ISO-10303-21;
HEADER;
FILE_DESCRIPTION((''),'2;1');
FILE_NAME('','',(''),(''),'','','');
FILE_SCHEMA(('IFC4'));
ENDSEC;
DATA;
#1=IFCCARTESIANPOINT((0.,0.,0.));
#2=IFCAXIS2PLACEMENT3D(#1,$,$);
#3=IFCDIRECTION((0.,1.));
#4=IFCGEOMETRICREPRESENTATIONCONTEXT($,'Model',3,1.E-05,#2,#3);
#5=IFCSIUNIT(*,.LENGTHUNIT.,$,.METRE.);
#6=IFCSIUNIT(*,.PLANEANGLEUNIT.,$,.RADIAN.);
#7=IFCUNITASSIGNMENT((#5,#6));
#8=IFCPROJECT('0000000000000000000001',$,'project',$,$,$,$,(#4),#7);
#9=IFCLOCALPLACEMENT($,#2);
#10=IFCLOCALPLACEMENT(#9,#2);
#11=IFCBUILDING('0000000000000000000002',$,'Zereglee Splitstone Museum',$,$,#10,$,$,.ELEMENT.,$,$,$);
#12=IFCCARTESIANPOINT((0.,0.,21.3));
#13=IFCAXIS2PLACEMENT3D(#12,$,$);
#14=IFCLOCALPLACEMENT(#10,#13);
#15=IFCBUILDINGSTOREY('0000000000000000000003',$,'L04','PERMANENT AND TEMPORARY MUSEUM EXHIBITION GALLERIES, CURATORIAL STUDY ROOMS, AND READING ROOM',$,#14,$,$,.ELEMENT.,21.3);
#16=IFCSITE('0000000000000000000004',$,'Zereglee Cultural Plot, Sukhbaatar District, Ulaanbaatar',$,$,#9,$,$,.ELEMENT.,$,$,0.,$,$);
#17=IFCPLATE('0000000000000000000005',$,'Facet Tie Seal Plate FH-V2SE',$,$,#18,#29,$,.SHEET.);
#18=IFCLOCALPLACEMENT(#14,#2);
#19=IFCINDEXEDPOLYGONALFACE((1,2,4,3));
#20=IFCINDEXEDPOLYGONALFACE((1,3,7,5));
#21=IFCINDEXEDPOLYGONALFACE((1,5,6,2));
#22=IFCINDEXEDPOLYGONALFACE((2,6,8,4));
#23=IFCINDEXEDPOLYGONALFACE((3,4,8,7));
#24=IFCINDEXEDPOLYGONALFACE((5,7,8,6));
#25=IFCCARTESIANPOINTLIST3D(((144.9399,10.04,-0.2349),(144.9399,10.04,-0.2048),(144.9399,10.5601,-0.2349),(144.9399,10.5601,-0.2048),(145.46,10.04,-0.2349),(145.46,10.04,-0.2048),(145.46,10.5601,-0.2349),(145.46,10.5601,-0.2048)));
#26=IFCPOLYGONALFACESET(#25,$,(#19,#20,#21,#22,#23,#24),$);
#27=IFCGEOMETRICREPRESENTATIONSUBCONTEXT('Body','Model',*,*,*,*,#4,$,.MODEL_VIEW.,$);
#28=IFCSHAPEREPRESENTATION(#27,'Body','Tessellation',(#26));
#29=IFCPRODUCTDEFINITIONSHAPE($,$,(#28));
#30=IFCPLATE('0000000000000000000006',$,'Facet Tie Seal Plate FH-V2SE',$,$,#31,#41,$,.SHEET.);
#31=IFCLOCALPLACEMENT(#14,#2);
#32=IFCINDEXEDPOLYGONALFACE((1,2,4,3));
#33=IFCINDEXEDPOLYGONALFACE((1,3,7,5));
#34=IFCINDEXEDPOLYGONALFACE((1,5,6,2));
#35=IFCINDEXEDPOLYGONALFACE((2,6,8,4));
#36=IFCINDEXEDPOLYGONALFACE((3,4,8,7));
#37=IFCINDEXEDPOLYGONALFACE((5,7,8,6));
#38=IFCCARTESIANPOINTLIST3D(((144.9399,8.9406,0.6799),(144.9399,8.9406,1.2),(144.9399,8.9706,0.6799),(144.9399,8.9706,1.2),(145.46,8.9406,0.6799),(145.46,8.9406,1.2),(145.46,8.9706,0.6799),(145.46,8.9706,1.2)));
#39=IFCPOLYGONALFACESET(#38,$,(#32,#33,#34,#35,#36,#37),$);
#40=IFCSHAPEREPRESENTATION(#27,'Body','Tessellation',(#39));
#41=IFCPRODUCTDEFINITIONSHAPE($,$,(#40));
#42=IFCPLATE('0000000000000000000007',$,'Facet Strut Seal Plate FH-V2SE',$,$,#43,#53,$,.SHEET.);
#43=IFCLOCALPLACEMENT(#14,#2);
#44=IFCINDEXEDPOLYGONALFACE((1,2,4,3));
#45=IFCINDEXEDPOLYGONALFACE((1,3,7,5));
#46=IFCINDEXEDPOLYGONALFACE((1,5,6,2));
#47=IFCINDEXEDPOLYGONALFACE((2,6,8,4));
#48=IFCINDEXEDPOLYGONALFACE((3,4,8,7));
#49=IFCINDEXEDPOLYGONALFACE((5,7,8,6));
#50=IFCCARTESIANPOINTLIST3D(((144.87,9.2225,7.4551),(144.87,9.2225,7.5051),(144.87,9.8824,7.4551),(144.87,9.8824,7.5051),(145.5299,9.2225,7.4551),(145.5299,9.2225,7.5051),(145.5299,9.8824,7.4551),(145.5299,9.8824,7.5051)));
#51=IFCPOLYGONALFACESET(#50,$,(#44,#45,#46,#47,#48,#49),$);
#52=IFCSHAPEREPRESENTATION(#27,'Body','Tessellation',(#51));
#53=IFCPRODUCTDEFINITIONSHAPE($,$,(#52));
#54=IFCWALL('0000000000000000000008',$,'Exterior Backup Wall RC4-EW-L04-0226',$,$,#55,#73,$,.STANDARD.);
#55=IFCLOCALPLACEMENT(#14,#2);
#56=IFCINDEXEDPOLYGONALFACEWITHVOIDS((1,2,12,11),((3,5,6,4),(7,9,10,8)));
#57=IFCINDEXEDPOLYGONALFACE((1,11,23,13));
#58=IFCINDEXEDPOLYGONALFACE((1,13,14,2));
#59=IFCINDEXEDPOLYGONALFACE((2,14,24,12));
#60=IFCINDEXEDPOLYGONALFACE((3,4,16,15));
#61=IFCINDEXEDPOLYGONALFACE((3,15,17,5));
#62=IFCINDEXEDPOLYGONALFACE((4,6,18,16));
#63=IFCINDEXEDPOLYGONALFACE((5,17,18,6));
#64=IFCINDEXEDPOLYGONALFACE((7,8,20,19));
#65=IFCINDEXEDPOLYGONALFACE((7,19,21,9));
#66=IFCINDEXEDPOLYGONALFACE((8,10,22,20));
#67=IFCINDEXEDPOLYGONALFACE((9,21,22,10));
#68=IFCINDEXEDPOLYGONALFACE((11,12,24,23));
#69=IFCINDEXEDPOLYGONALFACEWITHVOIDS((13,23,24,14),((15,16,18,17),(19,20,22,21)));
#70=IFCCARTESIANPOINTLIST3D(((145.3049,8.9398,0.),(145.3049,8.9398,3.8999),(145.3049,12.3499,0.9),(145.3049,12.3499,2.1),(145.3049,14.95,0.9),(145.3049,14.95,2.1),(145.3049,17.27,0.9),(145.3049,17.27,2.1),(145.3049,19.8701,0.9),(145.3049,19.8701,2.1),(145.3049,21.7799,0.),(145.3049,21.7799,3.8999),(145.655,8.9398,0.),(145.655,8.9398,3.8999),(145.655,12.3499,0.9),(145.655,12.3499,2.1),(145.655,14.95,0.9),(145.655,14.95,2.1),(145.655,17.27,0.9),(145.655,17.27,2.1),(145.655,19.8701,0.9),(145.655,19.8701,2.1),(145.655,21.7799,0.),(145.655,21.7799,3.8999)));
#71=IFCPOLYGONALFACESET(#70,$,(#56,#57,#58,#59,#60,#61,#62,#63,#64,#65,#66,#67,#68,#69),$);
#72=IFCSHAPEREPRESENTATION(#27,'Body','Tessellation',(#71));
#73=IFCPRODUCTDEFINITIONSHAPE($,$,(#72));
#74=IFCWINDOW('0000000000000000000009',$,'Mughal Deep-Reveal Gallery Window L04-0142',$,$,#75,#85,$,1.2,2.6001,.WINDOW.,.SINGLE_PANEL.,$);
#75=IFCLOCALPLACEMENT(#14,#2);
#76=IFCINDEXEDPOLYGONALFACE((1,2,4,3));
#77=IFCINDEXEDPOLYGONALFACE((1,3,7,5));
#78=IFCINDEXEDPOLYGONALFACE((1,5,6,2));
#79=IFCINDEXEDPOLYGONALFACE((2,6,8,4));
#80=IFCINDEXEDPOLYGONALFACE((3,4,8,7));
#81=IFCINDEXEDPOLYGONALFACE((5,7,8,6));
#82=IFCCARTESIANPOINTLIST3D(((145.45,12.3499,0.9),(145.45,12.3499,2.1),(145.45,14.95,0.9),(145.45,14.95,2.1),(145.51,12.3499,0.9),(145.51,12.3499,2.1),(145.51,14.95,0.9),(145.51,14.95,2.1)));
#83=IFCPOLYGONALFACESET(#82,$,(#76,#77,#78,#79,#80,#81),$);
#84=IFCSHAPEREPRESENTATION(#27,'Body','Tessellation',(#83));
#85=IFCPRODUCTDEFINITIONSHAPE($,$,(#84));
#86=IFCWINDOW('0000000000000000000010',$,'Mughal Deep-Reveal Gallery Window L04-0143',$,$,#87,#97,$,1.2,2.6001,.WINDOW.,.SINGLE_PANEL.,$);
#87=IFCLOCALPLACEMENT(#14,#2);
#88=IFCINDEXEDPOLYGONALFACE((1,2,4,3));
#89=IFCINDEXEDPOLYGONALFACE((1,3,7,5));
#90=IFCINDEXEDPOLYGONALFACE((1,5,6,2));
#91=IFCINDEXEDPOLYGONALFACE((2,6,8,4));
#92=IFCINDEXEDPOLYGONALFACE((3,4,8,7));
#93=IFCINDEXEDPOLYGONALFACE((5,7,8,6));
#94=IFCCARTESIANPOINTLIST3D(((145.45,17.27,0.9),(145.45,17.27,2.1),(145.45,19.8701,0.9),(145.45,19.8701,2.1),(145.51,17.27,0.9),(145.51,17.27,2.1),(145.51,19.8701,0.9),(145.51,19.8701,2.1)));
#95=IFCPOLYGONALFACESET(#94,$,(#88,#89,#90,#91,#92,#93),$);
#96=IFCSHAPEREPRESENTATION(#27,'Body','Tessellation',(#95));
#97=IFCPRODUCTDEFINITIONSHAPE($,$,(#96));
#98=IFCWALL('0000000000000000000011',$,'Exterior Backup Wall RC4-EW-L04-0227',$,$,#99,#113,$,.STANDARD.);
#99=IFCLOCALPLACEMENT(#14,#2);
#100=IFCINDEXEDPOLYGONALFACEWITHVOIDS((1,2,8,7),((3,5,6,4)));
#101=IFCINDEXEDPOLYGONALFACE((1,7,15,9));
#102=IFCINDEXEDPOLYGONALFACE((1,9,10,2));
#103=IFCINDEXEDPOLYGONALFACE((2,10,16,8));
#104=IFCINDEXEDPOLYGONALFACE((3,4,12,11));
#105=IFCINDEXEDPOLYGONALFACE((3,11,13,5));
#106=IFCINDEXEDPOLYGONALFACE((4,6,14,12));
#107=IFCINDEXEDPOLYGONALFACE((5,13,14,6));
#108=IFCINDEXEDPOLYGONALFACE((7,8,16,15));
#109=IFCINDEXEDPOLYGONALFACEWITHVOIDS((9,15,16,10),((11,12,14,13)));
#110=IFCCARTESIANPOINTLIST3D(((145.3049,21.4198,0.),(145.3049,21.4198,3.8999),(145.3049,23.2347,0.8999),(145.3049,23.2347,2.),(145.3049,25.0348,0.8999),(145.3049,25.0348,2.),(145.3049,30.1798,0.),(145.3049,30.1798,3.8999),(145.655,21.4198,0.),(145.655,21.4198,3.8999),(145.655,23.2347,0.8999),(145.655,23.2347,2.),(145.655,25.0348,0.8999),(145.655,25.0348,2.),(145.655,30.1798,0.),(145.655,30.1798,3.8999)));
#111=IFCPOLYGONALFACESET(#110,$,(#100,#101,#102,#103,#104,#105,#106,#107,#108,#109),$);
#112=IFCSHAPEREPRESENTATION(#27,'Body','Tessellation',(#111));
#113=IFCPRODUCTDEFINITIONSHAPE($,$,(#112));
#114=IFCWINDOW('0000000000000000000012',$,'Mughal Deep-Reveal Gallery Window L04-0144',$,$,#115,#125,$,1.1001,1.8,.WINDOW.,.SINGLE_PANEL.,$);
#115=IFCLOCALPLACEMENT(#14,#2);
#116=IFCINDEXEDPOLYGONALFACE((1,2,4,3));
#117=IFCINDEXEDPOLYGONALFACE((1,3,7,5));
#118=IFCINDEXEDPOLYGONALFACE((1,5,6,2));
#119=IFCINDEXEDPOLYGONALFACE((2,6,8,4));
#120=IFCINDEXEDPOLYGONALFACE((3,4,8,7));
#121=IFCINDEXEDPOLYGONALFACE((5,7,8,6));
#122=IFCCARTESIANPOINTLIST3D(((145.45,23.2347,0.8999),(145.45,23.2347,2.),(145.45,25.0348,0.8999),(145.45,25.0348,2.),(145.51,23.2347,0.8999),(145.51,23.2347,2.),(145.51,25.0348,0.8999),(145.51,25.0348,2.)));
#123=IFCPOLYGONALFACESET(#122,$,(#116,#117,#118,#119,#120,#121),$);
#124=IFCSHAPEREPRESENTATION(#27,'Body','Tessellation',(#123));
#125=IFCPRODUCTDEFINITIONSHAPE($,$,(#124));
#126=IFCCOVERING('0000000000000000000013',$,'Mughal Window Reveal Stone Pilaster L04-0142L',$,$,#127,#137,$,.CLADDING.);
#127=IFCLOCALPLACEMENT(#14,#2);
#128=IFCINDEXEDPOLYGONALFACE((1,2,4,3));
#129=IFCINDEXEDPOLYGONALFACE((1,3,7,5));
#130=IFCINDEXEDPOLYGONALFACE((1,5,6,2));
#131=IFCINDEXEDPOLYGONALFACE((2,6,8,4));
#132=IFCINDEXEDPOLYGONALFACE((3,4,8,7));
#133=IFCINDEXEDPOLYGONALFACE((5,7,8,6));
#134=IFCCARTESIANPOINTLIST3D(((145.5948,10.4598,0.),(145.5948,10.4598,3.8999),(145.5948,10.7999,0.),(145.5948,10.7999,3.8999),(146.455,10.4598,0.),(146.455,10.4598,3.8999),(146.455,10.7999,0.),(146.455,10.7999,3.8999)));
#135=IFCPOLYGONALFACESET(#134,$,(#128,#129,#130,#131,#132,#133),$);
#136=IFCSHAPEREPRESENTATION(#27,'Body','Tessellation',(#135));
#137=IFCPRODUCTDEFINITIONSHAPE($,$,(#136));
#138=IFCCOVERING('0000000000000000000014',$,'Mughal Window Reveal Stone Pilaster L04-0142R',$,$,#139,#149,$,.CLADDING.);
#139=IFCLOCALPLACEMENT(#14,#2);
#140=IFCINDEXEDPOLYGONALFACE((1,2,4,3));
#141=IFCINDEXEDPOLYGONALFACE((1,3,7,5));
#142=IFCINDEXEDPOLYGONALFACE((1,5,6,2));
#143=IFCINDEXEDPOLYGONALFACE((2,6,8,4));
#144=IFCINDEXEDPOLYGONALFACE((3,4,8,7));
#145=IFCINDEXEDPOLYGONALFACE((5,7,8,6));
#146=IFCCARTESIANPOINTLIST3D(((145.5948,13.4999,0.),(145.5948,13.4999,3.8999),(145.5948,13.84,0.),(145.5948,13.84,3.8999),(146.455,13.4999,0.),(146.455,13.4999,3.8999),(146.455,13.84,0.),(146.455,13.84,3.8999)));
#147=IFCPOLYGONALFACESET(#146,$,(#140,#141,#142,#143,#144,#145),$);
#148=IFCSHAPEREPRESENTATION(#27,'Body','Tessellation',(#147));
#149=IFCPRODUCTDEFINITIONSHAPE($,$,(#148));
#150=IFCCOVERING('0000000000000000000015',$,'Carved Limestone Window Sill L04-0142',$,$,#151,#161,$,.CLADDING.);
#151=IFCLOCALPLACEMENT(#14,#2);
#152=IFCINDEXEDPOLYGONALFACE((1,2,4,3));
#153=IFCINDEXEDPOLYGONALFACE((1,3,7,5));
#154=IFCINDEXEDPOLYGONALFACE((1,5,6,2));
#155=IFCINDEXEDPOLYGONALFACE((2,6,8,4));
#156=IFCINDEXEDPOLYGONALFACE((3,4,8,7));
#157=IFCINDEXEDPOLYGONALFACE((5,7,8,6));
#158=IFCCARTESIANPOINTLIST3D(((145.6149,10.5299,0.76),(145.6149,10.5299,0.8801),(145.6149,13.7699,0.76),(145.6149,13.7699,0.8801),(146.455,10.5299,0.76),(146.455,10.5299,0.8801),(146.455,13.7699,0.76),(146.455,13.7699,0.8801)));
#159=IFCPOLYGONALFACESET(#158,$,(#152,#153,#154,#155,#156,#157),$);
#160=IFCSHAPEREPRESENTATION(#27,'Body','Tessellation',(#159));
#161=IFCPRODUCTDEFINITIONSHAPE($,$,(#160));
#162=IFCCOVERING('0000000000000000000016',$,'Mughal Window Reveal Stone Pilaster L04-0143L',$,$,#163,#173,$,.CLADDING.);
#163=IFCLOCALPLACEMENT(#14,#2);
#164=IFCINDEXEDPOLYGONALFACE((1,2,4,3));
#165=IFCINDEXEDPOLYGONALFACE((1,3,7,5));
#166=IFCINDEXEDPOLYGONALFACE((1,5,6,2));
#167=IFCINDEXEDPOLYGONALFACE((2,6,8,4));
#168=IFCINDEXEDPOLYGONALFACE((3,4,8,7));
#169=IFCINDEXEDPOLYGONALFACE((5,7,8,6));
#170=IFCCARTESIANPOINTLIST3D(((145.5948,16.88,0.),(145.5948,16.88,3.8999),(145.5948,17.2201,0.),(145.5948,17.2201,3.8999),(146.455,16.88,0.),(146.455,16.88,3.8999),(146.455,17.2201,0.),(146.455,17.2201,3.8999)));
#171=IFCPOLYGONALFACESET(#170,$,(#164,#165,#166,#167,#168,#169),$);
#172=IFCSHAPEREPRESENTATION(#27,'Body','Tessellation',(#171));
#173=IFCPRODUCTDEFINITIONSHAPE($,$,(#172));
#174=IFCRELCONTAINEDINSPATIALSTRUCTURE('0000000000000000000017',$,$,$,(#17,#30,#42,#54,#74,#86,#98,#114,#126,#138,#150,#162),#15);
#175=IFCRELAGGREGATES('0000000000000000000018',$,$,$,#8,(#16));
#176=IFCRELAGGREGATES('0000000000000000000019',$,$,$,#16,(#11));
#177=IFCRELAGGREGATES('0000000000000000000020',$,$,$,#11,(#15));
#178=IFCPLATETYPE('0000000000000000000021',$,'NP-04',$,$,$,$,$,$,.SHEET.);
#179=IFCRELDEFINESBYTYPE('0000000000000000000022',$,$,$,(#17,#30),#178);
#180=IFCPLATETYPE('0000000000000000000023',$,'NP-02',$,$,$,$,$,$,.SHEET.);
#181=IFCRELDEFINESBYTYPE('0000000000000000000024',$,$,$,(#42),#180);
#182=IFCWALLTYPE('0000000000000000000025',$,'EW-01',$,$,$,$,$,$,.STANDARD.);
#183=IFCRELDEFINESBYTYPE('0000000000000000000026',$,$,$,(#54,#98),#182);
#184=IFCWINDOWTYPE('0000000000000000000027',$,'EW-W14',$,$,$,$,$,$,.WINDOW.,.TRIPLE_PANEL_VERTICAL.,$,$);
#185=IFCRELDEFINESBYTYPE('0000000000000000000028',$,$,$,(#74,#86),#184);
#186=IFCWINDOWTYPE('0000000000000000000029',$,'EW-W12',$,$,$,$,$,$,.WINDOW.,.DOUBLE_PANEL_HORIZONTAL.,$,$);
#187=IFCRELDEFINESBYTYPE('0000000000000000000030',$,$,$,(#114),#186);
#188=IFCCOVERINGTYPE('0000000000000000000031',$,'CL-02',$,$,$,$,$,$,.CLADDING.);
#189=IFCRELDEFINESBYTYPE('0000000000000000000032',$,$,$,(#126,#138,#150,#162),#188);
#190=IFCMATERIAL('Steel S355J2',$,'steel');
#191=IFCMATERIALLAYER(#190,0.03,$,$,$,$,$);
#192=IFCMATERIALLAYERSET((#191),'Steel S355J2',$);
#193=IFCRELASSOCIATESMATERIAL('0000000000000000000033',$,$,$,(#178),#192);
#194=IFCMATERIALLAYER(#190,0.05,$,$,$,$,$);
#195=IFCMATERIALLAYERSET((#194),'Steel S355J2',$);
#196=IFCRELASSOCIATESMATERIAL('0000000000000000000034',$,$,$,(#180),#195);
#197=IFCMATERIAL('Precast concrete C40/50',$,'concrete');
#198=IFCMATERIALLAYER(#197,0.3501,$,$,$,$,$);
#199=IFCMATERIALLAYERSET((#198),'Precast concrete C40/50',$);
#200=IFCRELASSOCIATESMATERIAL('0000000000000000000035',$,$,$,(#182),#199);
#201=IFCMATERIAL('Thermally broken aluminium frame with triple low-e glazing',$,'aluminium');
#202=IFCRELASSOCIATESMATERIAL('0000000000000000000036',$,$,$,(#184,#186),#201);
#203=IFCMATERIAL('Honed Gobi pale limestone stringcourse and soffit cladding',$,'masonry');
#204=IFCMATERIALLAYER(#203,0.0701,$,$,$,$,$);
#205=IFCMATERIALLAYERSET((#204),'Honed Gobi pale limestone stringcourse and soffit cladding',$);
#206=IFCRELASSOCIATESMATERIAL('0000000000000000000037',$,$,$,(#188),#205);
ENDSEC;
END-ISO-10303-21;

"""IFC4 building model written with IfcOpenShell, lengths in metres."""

from ifc_helpers import new_model, si_unit, direction, frame, frame_2d, origin, origin_2d, place, context, subcontext, project, spatial, rectangle, extrude, material, layer, layer_set, type_object, element, fill, save


model = new_model("IFC4")

# Units and contexts
model_context = context("Model", 3, precision=1e-05, world=origin(), true_north=direction((0.0, 1.0)))
body_context = subcontext(model_context, "Body", "Model", "MODEL_VIEW")
ifc_project = project(units=[si_unit("LENGTHUNIT", "METRE"), si_unit("PLANEANGLEUNIT", "RADIAN")], contexts=[model_context])

# Site, building, storey
site_placement = place(None, origin())
site = spatial("IfcSite", under=ifc_project, at=site_placement, Name="Zereglee Cultural Plot, Sukhbaatar District, Ulaanbaatar", CompositionType="ELEMENT", RefElevation=0.0)
building_placement = place(site_placement, origin())
building = spatial("IfcBuilding", under=site, at=building_placement, Name="Zereglee Splitstone Museum", CompositionType="ELEMENT")
storey_placement = place(building_placement, frame((0.0, 0.0, 21.3)))
storey = spatial("IfcBuildingStorey", under=building, at=storey_placement, Name="L04", Description="PERMANENT AND TEMPORARY MUSEUM EXHIBITION GALLERIES, CURATORIAL STUDY ROOMS, AND READING ROOM", CompositionType="ELEMENT", Elevation=21.3)

# Shared definitions
ifc_material_1 = material(Name="Steel S355J2", Category="steel")

# Plates
ifc_layer_1 = layer(ifc_material_1, 0.03)
ifc_layer_set_1 = layer_set([ifc_layer_1], Name="Steel S355J2")
plate_type_1 = type_object("IfcPlateType", Name="NP-04", PredefinedType="SHEET", material=ifc_layer_set_1)
plate_1_placement = place(storey_placement, frame((145.2, 10.3, -0.2349), z_axis=(0.0, 0.0, 1.0), x_axis=(1.0, 0.0, 0.0)))
element("IfcPlate", 1, at=plate_1_placement, inside=storey, type_object=plate_type_1, Name="Facet Tie Seal Plate FH-V2SE", PredefinedType="SHEET", context=body_context, shape_type="SweptSolid", body=[
    extrude(rectangle(XDim=0.52, YDim=0.52, at=origin_2d()), origin(), (0.0, 0.0, 1.0), 0.03),
])
plate_2_placement = place(storey_placement, frame((145.2, 8.9556, 0.6799), z_axis=(0.0, 0.0, 1.0), x_axis=(1.0, 0.0, 0.0)))
element("IfcPlate", 2, at=plate_2_placement, inside=storey, type_object=plate_type_1, Name="Facet Tie Seal Plate FH-V2SE", PredefinedType="SHEET", context=body_context, shape_type="SweptSolid", body=[
    extrude(rectangle(XDim=0.52, YDim=0.03, at=origin_2d()), origin(), (0.0, 0.0, 1.0), 0.52),
])
ifc_layer_2 = layer(ifc_material_1, 0.05)
ifc_layer_set_2 = layer_set([ifc_layer_2], Name="Steel S355J2")
plate_type_2 = type_object("IfcPlateType", Name="NP-02", PredefinedType="SHEET", material=ifc_layer_set_2)
plate_3_placement = place(storey_placement, frame((145.2, 9.5525, 7.4551), z_axis=(0.0, 0.0, 1.0), x_axis=(1.0, 0.0, 0.0)))
element("IfcPlate", 3, at=plate_3_placement, inside=storey, type_object=plate_type_2, Name="Facet Strut Seal Plate FH-V2SE", PredefinedType="SHEET", context=body_context, shape_type="SweptSolid", body=[
    extrude(rectangle(XDim=0.6599, YDim=0.6599, at=origin_2d()), origin(), (0.0, 0.0, 1.0), 0.05),
])

# Wall, openings, windows
ifc_material_2 = material(Name="Precast concrete C40/50", Category="concrete")
ifc_layer_3 = layer(ifc_material_2, 0.3501)
ifc_layer_set_3 = layer_set([ifc_layer_3], Name="Precast concrete C40/50")
wall_type = type_object("IfcWallType", Name="EW-01", PredefinedType="STANDARD", material=ifc_layer_set_3)
wall_1_placement = place(storey_placement, frame((145.48, 8.9399, 0.0), z_axis=(0.0, 0.0, 1.0), x_axis=(0.0, 1.0, 0.0)))
wall_1 = element("IfcWall", 4, at=wall_1_placement, inside=storey, type_object=wall_type, Name="Exterior Backup Wall RC4-EW-L04-0226", PredefinedType="STANDARD", context=body_context, shape_type="SweptSolid", body=[
    extrude(rectangle(XDim=12.8401, YDim=0.3501, at=frame_2d((6.4199, 0.0))), origin(), (0.0, 0.0, 1.0), 3.8999),
])
opening_1_placement = place(wall_1_placement, frame((3.4099, 0.0, 0.8999)))
opening_1 = element("IfcOpeningElement", 5, at=opening_1_placement, cuts=wall_1, PredefinedType="OPENING", context=body_context, shape_type="SweptSolid", body=[
    extrude(rectangle(XDim=2.6001, YDim=1.2, at=frame_2d((1.3, 0.6001))), frame((0.0, 0.1899, 0.0), z_axis=(0.0, -1.0, 0.0), x_axis=(1.0, 0.0, 0.0)), (0.0, 0.0, 1.0), 0.3799),
])
opening_2_placement = place(wall_1_placement, frame((8.3301, 0.0, 0.8999)))
opening_2 = element("IfcOpeningElement", 6, at=opening_2_placement, cuts=wall_1, PredefinedType="OPENING", context=body_context, shape_type="SweptSolid", body=[
    extrude(rectangle(XDim=2.6001, YDim=1.2, at=frame_2d((1.3, 0.6001))), frame((0.0, 0.1899, 0.0), z_axis=(0.0, -1.0, 0.0), x_axis=(1.0, 0.0, 0.0)), (0.0, 0.0, 1.0), 0.3799),
])
ifc_material_3 = material(Name="Thermally broken aluminium frame with triple low-e glazing", Category="aluminium")
window_type_1 = type_object("IfcWindowType", Name="EW-W14", PartitioningType="TRIPLE_PANEL_VERTICAL", PredefinedType="WINDOW", material=ifc_material_3)
window_1_placement = place(opening_1_placement, origin())
window_1 = element("IfcWindow", 7, at=window_1_placement, inside=storey, type_object=window_type_1, Name="Mughal Deep-Reveal Gallery Window L04-0142", OverallHeight=1.2, OverallWidth=2.6001, PartitioningType="SINGLE_PANEL", PredefinedType="WINDOW", context=body_context, shape_type="SweptSolid", body=[
    extrude(rectangle(XDim=2.6001, YDim=1.2, at=frame_2d((1.3, 0.6001))), frame((0.0, 0.03, 0.0), z_axis=(0.0, -1.0, 0.0), x_axis=(1.0, 0.0, 0.0)), (0.0, 0.0, 1.0), 0.0601),
])
fill(opening_1, window_1)
window_2_placement = place(opening_2_placement, origin())
window_2 = element("IfcWindow", 8, at=window_2_placement, inside=storey, type_object=window_type_1, Name="Mughal Deep-Reveal Gallery Window L04-0143", OverallHeight=1.2, OverallWidth=2.6001, PartitioningType="SINGLE_PANEL", PredefinedType="WINDOW", context=body_context, shape_type="SweptSolid", body=[
    extrude(rectangle(XDim=2.6001, YDim=1.2, at=frame_2d((1.3, 0.6001))), frame((0.0, 0.03, 0.0), z_axis=(0.0, -1.0, 0.0), x_axis=(1.0, 0.0, 0.0)), (0.0, 0.0, 1.0), 0.0601),
])
fill(opening_2, window_2)

# Wall, opening, window
wall_2_placement = place(storey_placement, frame((145.48, 21.4199, 0.0), z_axis=(0.0, 0.0, 1.0), x_axis=(0.0, 1.0, 0.0)))
wall_2 = element("IfcWall", 9, at=wall_2_placement, inside=storey, type_object=wall_type, Name="Exterior Backup Wall RC4-EW-L04-0227", PredefinedType="STANDARD", context=body_context, shape_type="SweptSolid", body=[
    extrude(rectangle(XDim=8.76, YDim=0.3501, at=frame_2d((4.3799, 0.0))), origin(), (0.0, 0.0, 1.0), 3.8999),
])
opening_3_placement = place(wall_2_placement, frame((1.8149, 0.0, 0.8999)))
opening_3 = element("IfcOpeningElement", 10, at=opening_3_placement, cuts=wall_2, PredefinedType="OPENING", context=body_context, shape_type="SweptSolid", body=[
    extrude(rectangle(XDim=1.8, YDim=1.1001, at=frame_2d((0.8999, 0.55))), frame((0.0, 0.1899, 0.0), z_axis=(0.0, -1.0, 0.0), x_axis=(1.0, 0.0, 0.0)), (0.0, 0.0, 1.0), 0.3799),
])
window_type_2 = type_object("IfcWindowType", Name="EW-W12", PartitioningType="DOUBLE_PANEL_HORIZONTAL", PredefinedType="WINDOW", material=ifc_material_3)
window_3_placement = place(opening_3_placement, origin())
window_3 = element("IfcWindow", 11, at=window_3_placement, inside=storey, type_object=window_type_2, Name="Mughal Deep-Reveal Gallery Window L04-0144", OverallHeight=1.1001, OverallWidth=1.8, PartitioningType="SINGLE_PANEL", PredefinedType="WINDOW", context=body_context, shape_type="SweptSolid", body=[
    extrude(rectangle(XDim=1.8, YDim=1.1001, at=frame_2d((0.8999, 0.55))), frame((0.0, 0.03, 0.0), z_axis=(0.0, -1.0, 0.0), x_axis=(1.0, 0.0, 0.0)), (0.0, 0.0, 1.0), 0.0601),
])
fill(opening_3, window_3)

# Coverings
ifc_material_4 = material(Name="Honed Gobi pale limestone stringcourse and soffit cladding", Category="masonry")
ifc_layer_4 = layer(ifc_material_4, 0.0701)
ifc_layer_set_4 = layer_set([ifc_layer_4], Name="Honed Gobi pale limestone stringcourse and soffit cladding")
covering_type_1 = type_object("IfcCoveringType", Name="CL-02", PredefinedType="CLADDING", material=ifc_layer_set_4)
for number, where, z_axis, x_axis, name in (
    (12, (146.0249, 10.6299, 0.0), (0.0, 0.0, 1.0), (0.0, 1.0, 0.0), "Mughal Window Reveal Stone Pilaster L04-0142L"),
    (13, (146.0249, 13.6699, 0.0), (0.0, 0.0, 1.0), (0.0, 1.0, 0.0), "Mughal Window Reveal Stone Pilaster L04-0142R"),
):
    element("IfcCovering", number, at=place(storey_placement, frame(where, z_axis=z_axis, x_axis=x_axis)), inside=storey, type_object=covering_type_1, Name=name, PredefinedType="CLADDING", context=body_context, shape_type="SweptSolid", body=[
        extrude(rectangle(XDim=0.3401, YDim=0.8601, at=origin_2d()), origin(), (0.0, 0.0, 1.0), 3.8999),
    ])
covering_1_placement = place(storey_placement, frame((146.0349, 12.1499, 0.76), z_axis=(0.0, 0.0, 1.0), x_axis=(0.0, 1.0, 0.0)))
element("IfcCovering", 14, at=covering_1_placement, inside=storey, type_object=covering_type_1, Name="Carved Limestone Window Sill L04-0142", PredefinedType="CLADDING", context=body_context, shape_type="SweptSolid", body=[
    extrude(rectangle(XDim=3.24, YDim=0.8401, at=origin_2d()), origin(), (0.0, 0.0, 1.0), 0.1201),
])
for number, where, z_axis, x_axis, name in (
    (15, (146.0249, 17.05, 0.0), (0.0, 0.0, 1.0), (0.0, 1.0, 0.0), "Mughal Window Reveal Stone Pilaster L04-0143L"),
):
    element("IfcCovering", number, at=place(storey_placement, frame(where, z_axis=z_axis, x_axis=x_axis)), inside=storey, type_object=covering_type_1, Name=name, PredefinedType="CLADDING", context=body_context, shape_type="SweptSolid", body=[
        extrude(rectangle(XDim=0.3401, YDim=0.8601, at=origin_2d()), origin(), (0.0, 0.0, 1.0), 3.8999),
    ])

save(model, "model.ifc")
